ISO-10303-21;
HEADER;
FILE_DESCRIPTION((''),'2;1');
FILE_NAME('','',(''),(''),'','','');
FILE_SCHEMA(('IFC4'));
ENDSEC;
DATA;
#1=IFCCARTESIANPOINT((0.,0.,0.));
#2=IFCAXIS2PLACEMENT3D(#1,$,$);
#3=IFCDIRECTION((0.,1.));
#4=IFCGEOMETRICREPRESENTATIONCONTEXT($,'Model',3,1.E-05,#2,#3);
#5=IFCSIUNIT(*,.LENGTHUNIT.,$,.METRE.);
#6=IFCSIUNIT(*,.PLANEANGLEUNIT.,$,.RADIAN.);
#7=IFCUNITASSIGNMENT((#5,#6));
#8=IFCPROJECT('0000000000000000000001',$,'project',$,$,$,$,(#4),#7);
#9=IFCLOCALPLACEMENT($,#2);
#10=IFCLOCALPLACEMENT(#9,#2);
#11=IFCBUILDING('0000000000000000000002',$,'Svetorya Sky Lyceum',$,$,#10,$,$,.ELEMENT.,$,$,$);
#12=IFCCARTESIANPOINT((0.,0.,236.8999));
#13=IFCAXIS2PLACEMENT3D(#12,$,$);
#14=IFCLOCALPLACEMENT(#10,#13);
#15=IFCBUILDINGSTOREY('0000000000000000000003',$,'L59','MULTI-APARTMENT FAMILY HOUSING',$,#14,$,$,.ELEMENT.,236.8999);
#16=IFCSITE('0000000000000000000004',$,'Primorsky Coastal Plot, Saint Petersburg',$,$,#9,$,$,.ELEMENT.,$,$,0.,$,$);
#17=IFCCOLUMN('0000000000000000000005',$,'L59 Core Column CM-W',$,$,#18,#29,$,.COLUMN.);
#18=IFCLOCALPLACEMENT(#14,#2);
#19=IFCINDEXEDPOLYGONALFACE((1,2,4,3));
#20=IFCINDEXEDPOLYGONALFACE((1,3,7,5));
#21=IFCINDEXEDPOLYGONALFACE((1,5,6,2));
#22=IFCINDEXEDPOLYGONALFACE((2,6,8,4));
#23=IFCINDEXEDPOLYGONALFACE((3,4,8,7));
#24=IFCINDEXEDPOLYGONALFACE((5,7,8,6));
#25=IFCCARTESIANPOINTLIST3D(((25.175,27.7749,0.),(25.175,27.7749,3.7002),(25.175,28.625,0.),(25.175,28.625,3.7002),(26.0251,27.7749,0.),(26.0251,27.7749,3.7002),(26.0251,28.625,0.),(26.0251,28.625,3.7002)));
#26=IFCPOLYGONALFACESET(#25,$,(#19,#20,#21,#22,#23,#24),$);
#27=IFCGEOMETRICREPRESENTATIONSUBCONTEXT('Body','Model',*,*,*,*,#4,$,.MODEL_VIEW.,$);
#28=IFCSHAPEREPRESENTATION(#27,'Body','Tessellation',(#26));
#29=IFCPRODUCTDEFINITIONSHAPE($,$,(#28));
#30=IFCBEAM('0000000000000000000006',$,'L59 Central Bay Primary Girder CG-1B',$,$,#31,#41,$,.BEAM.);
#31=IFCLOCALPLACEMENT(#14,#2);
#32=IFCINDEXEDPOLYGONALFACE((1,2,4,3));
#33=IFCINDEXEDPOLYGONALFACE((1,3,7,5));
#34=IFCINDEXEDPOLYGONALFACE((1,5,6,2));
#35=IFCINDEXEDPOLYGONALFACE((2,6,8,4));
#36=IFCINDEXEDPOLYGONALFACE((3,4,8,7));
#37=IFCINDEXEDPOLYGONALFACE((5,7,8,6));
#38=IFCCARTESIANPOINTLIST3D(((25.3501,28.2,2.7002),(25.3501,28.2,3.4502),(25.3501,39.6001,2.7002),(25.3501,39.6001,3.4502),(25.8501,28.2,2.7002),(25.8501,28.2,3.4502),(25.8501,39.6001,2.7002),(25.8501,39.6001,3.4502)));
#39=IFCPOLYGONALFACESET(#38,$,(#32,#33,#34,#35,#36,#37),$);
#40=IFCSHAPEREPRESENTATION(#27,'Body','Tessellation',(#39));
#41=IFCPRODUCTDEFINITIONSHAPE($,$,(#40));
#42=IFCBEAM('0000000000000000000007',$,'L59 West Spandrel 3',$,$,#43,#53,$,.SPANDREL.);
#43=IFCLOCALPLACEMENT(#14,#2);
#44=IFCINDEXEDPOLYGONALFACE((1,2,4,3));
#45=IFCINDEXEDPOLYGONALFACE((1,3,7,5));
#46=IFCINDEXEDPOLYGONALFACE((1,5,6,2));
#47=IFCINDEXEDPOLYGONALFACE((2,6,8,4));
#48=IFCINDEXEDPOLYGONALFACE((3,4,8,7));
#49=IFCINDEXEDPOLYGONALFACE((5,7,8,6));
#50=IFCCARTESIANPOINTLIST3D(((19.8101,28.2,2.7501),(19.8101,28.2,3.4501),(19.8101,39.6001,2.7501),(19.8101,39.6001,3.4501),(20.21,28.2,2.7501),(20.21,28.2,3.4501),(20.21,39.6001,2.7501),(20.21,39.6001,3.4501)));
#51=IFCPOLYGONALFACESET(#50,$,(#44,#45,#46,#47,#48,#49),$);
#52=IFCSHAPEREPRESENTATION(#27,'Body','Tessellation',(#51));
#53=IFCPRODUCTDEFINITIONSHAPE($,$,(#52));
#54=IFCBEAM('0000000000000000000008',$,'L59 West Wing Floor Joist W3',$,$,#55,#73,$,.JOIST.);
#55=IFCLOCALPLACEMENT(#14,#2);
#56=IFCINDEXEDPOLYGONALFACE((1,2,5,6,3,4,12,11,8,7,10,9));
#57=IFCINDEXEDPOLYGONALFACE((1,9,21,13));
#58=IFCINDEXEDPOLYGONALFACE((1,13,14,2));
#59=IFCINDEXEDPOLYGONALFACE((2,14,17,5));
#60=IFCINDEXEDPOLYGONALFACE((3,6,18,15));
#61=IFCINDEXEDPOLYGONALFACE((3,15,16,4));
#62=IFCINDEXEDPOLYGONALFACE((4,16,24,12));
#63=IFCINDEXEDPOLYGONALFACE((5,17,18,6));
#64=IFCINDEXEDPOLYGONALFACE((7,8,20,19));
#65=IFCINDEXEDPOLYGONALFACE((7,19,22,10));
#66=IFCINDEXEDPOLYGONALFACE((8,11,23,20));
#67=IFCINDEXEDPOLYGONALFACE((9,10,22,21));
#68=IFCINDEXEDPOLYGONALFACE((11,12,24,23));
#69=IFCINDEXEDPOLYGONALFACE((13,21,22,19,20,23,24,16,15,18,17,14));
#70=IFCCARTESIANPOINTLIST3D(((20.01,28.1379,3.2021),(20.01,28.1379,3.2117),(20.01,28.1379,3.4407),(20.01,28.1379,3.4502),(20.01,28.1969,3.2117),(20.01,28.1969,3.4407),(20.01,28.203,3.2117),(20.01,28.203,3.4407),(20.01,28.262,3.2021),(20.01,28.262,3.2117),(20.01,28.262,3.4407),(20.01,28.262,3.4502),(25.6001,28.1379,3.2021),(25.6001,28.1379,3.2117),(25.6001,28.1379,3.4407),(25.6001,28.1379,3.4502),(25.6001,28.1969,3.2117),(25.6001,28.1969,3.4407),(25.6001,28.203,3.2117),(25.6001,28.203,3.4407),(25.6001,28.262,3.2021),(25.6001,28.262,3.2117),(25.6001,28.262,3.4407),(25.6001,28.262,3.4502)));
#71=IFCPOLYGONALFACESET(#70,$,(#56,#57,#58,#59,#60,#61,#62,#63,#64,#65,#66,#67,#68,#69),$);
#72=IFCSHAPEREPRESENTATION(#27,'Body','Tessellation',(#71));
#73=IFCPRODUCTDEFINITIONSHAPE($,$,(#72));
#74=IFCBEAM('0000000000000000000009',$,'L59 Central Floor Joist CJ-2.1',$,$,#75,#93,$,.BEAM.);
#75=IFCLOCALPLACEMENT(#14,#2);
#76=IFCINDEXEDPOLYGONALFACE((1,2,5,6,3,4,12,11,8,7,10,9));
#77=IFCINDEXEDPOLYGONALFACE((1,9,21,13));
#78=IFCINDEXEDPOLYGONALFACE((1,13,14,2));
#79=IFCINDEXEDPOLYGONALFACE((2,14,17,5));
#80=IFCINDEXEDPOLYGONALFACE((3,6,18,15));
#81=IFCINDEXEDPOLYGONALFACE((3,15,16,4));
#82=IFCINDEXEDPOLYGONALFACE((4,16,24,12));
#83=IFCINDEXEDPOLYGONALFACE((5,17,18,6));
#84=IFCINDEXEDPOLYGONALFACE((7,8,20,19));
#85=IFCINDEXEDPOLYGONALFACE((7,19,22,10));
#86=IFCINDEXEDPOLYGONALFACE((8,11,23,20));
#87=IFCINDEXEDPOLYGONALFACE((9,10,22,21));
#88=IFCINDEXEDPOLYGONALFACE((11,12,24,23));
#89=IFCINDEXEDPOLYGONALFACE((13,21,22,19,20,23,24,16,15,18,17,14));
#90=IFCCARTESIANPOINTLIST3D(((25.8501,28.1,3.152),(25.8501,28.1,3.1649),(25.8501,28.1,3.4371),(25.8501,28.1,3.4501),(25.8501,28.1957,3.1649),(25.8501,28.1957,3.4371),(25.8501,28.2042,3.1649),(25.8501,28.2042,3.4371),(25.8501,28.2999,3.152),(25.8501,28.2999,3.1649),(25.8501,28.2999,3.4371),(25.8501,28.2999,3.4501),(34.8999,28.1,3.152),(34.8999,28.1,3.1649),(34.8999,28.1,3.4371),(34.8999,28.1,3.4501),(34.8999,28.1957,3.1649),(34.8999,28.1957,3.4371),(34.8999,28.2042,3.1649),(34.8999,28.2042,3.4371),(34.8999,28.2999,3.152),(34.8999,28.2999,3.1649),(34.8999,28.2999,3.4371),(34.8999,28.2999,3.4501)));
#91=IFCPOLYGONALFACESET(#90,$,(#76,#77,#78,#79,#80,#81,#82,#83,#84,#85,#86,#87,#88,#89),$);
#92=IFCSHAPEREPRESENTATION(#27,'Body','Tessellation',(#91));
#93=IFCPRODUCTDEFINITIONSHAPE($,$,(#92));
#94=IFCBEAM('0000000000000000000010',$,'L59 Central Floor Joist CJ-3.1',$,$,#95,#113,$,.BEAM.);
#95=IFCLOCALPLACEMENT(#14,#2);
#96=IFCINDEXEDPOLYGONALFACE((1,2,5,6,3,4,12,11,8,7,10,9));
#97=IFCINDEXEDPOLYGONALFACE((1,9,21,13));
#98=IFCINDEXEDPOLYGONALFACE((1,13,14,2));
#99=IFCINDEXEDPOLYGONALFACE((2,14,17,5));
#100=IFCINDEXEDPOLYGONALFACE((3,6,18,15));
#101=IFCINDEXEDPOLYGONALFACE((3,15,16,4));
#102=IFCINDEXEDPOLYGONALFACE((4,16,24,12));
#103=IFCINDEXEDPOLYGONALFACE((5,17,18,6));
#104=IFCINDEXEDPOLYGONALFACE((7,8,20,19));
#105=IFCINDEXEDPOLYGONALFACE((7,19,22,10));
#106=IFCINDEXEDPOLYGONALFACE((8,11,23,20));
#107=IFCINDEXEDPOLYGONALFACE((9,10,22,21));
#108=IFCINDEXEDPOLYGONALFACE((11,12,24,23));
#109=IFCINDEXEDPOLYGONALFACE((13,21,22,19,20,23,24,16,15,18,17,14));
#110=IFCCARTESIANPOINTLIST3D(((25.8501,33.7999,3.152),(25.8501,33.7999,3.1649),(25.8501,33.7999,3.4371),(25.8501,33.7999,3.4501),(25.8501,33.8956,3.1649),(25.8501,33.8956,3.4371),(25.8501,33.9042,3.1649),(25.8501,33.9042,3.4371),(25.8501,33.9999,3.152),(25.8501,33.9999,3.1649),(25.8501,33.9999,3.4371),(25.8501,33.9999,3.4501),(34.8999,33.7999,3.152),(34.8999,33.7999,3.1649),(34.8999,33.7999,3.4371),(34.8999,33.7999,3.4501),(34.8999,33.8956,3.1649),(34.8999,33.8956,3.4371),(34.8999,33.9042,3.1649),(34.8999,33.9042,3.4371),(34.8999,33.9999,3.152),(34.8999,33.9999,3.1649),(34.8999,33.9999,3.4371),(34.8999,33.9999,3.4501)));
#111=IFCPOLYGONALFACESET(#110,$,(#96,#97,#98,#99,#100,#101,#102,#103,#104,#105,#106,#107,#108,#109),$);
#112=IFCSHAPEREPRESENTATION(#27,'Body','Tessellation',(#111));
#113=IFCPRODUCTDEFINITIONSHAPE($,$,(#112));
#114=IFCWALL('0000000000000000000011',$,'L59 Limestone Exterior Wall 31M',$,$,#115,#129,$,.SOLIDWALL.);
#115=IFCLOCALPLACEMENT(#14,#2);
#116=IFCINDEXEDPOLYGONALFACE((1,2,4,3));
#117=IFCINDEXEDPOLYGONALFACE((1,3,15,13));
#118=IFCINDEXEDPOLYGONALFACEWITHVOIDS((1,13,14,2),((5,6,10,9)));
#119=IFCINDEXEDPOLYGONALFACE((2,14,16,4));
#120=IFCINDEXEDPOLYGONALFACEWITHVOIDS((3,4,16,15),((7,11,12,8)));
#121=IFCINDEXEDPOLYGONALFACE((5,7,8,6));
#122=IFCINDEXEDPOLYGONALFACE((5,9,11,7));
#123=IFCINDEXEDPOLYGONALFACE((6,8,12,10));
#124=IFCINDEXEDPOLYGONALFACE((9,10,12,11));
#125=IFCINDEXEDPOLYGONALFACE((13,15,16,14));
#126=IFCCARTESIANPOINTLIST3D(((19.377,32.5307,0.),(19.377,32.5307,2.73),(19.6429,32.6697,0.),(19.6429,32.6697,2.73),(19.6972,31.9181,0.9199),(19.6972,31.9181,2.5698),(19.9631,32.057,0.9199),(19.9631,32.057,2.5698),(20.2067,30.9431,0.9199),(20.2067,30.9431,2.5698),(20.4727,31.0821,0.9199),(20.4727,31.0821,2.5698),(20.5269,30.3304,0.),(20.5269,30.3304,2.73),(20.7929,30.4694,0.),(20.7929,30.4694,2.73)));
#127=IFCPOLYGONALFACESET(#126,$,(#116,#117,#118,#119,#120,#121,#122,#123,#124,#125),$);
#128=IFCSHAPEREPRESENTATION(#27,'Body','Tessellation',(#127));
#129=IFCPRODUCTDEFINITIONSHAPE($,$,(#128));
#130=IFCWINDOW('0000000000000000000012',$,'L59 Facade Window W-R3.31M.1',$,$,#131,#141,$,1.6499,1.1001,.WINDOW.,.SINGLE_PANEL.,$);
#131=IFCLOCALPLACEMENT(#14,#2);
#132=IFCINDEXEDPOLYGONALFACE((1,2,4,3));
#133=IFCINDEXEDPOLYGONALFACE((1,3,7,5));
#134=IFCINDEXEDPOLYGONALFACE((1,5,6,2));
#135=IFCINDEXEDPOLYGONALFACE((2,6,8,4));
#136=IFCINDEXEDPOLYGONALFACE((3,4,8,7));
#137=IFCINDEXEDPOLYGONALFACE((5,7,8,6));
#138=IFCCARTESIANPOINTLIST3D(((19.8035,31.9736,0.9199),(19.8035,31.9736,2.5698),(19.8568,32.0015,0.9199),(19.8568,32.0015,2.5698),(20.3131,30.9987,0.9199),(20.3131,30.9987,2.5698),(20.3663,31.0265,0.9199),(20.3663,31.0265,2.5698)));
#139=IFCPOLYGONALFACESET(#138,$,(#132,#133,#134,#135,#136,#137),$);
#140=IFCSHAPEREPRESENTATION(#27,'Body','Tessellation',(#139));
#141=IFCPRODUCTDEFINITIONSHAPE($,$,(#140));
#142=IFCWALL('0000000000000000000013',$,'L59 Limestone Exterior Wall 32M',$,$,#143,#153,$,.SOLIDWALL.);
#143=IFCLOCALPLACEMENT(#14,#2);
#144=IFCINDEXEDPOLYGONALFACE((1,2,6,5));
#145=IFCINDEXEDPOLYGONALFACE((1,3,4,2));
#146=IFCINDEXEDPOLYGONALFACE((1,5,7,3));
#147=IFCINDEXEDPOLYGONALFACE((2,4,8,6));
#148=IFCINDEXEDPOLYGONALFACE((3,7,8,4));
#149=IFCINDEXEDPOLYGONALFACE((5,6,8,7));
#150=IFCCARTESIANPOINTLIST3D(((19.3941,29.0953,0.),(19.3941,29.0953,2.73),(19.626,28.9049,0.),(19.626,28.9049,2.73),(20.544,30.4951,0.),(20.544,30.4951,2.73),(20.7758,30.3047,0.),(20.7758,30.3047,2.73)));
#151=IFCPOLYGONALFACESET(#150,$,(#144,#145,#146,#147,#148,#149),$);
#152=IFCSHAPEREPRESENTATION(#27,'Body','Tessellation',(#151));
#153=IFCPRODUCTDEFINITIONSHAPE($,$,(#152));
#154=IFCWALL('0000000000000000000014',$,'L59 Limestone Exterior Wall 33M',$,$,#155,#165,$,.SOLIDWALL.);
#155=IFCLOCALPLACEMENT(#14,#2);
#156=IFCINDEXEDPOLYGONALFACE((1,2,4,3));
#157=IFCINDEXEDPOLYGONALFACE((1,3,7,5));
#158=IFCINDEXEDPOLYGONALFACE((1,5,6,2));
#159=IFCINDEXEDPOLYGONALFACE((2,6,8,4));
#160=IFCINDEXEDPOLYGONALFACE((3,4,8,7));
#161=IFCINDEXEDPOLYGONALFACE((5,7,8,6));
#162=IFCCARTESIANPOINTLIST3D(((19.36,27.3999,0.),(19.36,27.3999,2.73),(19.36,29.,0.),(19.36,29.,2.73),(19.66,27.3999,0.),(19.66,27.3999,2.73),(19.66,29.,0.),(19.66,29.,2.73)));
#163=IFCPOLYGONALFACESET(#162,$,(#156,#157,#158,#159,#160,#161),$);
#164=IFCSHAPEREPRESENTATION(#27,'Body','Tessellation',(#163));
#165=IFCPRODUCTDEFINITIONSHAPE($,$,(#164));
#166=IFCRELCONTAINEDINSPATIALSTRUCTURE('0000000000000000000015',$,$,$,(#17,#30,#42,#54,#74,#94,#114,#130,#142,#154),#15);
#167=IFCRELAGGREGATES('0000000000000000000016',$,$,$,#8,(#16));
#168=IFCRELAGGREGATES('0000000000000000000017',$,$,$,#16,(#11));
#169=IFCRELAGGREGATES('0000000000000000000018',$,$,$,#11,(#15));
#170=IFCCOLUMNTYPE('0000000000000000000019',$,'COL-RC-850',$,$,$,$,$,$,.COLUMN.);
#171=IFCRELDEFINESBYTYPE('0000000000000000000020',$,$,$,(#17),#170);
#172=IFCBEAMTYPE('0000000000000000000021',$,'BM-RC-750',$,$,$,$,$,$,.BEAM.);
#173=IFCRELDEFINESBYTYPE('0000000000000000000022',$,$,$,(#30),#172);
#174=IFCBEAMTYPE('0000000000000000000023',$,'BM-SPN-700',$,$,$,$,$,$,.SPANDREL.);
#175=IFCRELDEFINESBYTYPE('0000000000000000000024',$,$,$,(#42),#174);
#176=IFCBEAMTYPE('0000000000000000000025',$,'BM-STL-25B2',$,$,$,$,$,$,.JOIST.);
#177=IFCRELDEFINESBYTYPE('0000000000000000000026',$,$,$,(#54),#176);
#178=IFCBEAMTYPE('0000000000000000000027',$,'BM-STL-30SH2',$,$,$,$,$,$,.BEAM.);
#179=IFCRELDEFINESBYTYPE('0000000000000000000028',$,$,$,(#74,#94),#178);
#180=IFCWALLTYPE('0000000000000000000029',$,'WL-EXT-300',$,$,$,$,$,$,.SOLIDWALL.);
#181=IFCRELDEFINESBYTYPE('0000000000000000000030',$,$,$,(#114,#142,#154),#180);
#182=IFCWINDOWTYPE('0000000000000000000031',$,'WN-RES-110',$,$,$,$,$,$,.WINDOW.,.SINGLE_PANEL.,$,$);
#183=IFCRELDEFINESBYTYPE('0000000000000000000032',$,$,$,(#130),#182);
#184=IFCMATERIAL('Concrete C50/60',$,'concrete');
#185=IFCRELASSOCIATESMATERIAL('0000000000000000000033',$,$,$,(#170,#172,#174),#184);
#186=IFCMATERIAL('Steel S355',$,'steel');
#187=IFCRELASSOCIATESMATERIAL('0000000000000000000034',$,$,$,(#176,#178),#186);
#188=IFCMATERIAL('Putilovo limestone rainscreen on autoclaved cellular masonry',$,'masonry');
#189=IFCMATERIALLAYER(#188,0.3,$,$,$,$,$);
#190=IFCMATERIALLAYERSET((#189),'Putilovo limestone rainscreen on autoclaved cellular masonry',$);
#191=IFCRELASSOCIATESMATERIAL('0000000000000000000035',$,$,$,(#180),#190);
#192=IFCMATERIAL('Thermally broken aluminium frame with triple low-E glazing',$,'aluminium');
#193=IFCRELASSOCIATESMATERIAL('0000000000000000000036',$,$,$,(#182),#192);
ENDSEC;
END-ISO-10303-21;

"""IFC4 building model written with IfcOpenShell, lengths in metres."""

from ifc_helpers import new_model, si_unit, direction, frame, frame_2d, origin, origin_2d, place, context, subcontext, project, spatial, rectangle, i_section, extrude, material, layer, layer_set, material_profile, profile_set, type_object, element, fill, save


model = new_model("IFC4")

# Units and contexts
model_context = context("Model", 3, precision=1e-05, world=origin(), true_north=direction((0.0, 1.0)))
body_context = subcontext(model_context, "Body", "Model", "MODEL_VIEW")
ifc_project = project(units=[si_unit("LENGTHUNIT", "METRE"), si_unit("PLANEANGLEUNIT", "RADIAN")], contexts=[model_context])

# Site, building, storey
site_placement = place(None, origin())
site = spatial("IfcSite", under=ifc_project, at=site_placement, Name="Primorsky Coastal Plot, Saint Petersburg", CompositionType="ELEMENT", RefElevation=0.0)
building_placement = place(site_placement, origin())
building = spatial("IfcBuilding", under=site, at=building_placement, Name="Svetorya Sky Lyceum", CompositionType="ELEMENT")
storey_placement = place(building_placement, frame((0.0, 0.0, 236.8999)))
storey = spatial("IfcBuildingStorey", under=building, at=storey_placement, Name="L59", Description="MULTI-APARTMENT FAMILY HOUSING", CompositionType="ELEMENT", Elevation=236.8999)

# Column
ifc_material_1 = material(Name="Concrete C50/60", Category="concrete")
ifc_material_profile_1 = material_profile(ifc_material_1, rectangle(XDim=0.8501, YDim=0.8501, at=origin_2d()), Name="RC COL 850x850")
ifc_profile_set_1 = profile_set([ifc_material_profile_1], Name="Concrete C50/60")
column_type = type_object("IfcColumnType", Name="COL-RC-850", PredefinedType="COLUMN", material=ifc_profile_set_1)
column_placement = place(storey_placement, frame((25.6001, 28.2, 0.0), z_axis=(0.0, 0.0, 1.0), x_axis=(1.0, 0.0, 0.0)))
element("IfcColumn", 1, at=column_placement, inside=storey, type_object=column_type, Name="L59 Core Column CM-W", PredefinedType="COLUMN", context=body_context, shape_type="SweptSolid", body=[
    extrude(rectangle(XDim=0.8501, YDim=0.8501, at=origin_2d()), origin(), (0.0, 0.0, 1.0), 3.7002),
])

# Beams
ifc_material_profile_2 = material_profile(ifc_material_1, rectangle(XDim=0.5, YDim=0.75, at=origin_2d()), Name="RC BEAM 500x750")
ifc_profile_set_2 = profile_set([ifc_material_profile_2], Name="Concrete C50/60")
beam_type_1 = type_object("IfcBeamType", Name="BM-RC-750", PredefinedType="BEAM", material=ifc_profile_set_2)
beam_1_placement = place(storey_placement, frame((25.6001, 28.2, 3.0752), z_axis=(0.0, 1.0, 0.0), x_axis=(-1.0, 0.0, 0.0)))
element("IfcBeam", 2, at=beam_1_placement, inside=storey, type_object=beam_type_1, Name="L59 Central Bay Primary Girder CG-1B", PredefinedType="BEAM", context=body_context, shape_type="SweptSolid", body=[
    extrude(rectangle(XDim=0.5, YDim=0.75, at=origin_2d()), origin(), (0.0, 0.0, 1.0), 11.4001),
])
ifc_material_profile_3 = material_profile(ifc_material_1, rectangle(XDim=0.3999, YDim=0.7, at=origin_2d()), Name="RC SPANDREL 400x700")
ifc_profile_set_3 = profile_set([ifc_material_profile_3], Name="Concrete C50/60")
beam_type_2 = type_object("IfcBeamType", Name="BM-SPN-700", PredefinedType="SPANDREL", material=ifc_profile_set_3)
beam_2_placement = place(storey_placement, frame((20.01, 28.2, 3.1001), z_axis=(0.0, 1.0, 0.0), x_axis=(-1.0, 0.0, 0.0)))
element("IfcBeam", 3, at=beam_2_placement, inside=storey, type_object=beam_type_2, Name="L59 West Spandrel 3", PredefinedType="SPANDREL", context=body_context, shape_type="SweptSolid", body=[
    extrude(rectangle(XDim=0.3999, YDim=0.7, at=origin_2d()), origin(), (0.0, 0.0, 1.0), 11.4001),
])
ifc_material_2 = material(Name="Steel S355", Category="steel")
ifc_material_profile_4 = material_profile(ifc_material_2, i_section(OverallWidth=0.124, OverallDepth=0.248, WebThickness=0.0061, FlangeThickness=0.0095, at=origin_2d()), Name="GOST 25B2")
ifc_profile_set_4 = profile_set([ifc_material_profile_4], Name="Steel S355")
beam_type_3 = type_object("IfcBeamType", Name="BM-STL-25B2", PredefinedType="JOIST", material=ifc_profile_set_4)
beam_3_placement = place(storey_placement, frame((20.01, 28.2, 3.3262), z_axis=(1.0, 0.0, 0.0), x_axis=(0.0, 1.0, 0.0)))
element("IfcBeam", 4, at=beam_3_placement, inside=storey, type_object=beam_type_3, Name="L59 West Wing Floor Joist W3", PredefinedType="JOIST", context=body_context, shape_type="SweptSolid", body=[
    extrude(i_section(OverallWidth=0.124, OverallDepth=0.248, WebThickness=0.0061, FlangeThickness=0.0095, at=origin_2d()), origin(), (0.0, 0.0, 1.0), 5.5901),
])
ifc_material_profile_5 = material_profile(ifc_material_2, i_section(OverallWidth=0.2, OverallDepth=0.2981, WebThickness=0.0085, FlangeThickness=0.0129, at=origin_2d()), Name="GOST 30Sh2")
ifc_profile_set_5 = profile_set([ifc_material_profile_5], Name="Steel S355")
beam_type_4 = type_object("IfcBeamType", Name="BM-STL-30SH2", PredefinedType="BEAM", material=ifc_profile_set_5)
for number, where, z_axis, x_axis, name in (
    (5, (25.8501, 28.2, 3.301), (1.0, 0.0, 0.0), (0.0, 1.0, 0.0), "L59 Central Floor Joist CJ-2.1"),
    (6, (25.8501, 33.8999, 3.301), (1.0, 0.0, 0.0), (0.0, 1.0, 0.0), "L59 Central Floor Joist CJ-3.1"),
):
    element("IfcBeam", number, at=place(storey_placement, frame(where, z_axis=z_axis, x_axis=x_axis)), inside=storey, type_object=beam_type_4, Name=name, PredefinedType="BEAM", context=body_context, shape_type="SweptSolid", body=[
        extrude(i_section(OverallWidth=0.2, OverallDepth=0.2981, WebThickness=0.0085, FlangeThickness=0.0129, at=origin_2d()), origin(), (0.0, 0.0, 1.0), 9.0498),
    ])

# Wall, opening, window
ifc_material_3 = material(Name="Putilovo limestone rainscreen on autoclaved cellular masonry", Category="masonry")
ifc_layer_1 = layer(ifc_material_3, 0.3)
ifc_layer_set_1 = layer_set([ifc_layer_1], Name="Putilovo limestone rainscreen on autoclaved cellular masonry")
wall_type_1 = type_object("IfcWallType", Name="WL-EXT-300", PredefinedType="SOLIDWALL", material=ifc_layer_set_1)
wall_1_placement = place(storey_placement, frame((19.51, 32.6001, 0.0), z_axis=(0.0, 0.0, 1.0), x_axis=(0.463191, -0.886258, 0.0)))
wall_1 = element("IfcWall", 7, at=wall_1_placement, inside=storey, type_object=wall_type_1, Name="L59 Limestone Exterior Wall 31M", PredefinedType="SOLIDWALL", context=body_context, shape_type="SweptSolid", body=[
    extrude(rectangle(XDim=2.4827, YDim=0.3, at=frame_2d((1.2412, 0.0))), origin(), (0.0, 0.0, 1.0), 2.73),
])
opening_1_placement = place(wall_1_placement, frame((0.6912, 0.0, 0.9199)))
opening_1 = element("IfcOpeningElement", 8, at=opening_1_placement, cuts=wall_1, PredefinedType="OPENING", context=body_context, shape_type="SweptSolid", body=[
    extrude(rectangle(XDim=1.1001, YDim=1.6499, at=frame_2d((0.55, 0.825))), frame((0.0, 0.1599, 0.0), z_axis=(0.0, -1.0, 0.0), x_axis=(1.0, 0.0, 0.0)), (0.0, 0.0, 1.0), 0.3201),
])
ifc_material_4 = material(Name="Thermally broken aluminium frame with triple low-E glazing", Category="aluminium")
window_type = type_object("IfcWindowType", Name="WN-RES-110", PartitioningType="SINGLE_PANEL", PredefinedType="WINDOW", material=ifc_material_4)
window_placement = place(opening_1_placement, origin())
window = element("IfcWindow", 9, at=window_placement, inside=storey, type_object=window_type, Name="L59 Facade Window W-R3.31M.1", OverallHeight=1.6499, OverallWidth=1.1001, PartitioningType="SINGLE_PANEL", PredefinedType="WINDOW", context=body_context, shape_type="SweptSolid", body=[
    extrude(rectangle(XDim=1.1001, YDim=1.6499, at=frame_2d((0.55, 0.825))), frame((0.0, 0.03, 0.0), z_axis=(0.0, -1.0, 0.0), x_axis=(1.0, 0.0, 0.0)), (0.0, 0.0, 1.0), 0.0601),
])
fill(opening_1, window)

# Walls
wall_2_placement = place(storey_placement, frame((20.6599, 30.3999, 0.0), z_axis=(0.0, 0.0, 1.0), x_axis=(-0.634734, -0.772731, 0.0)))
element("IfcWall", 10, at=wall_2_placement, inside=storey, type_object=wall_type_1, Name="L59 Limestone Exterior Wall 32M", PredefinedType="SOLIDWALL", context=body_context, shape_type="SweptSolid", body=[
    extrude(rectangle(XDim=1.8115, YDim=0.3, at=frame_2d((0.9058, 0.0))), origin(), (0.0, 0.0, 1.0), 2.73),
])
wall_3_placement = place(storey_placement, frame((19.51, 29.0, 0.0), z_axis=(0.0, 0.0, 1.0), x_axis=(0.0, -1.0, 0.0)))
element("IfcWall", 11, at=wall_3_placement, inside=storey, type_object=wall_type_1, Name="L59 Limestone Exterior Wall 33M", PredefinedType="SOLIDWALL", context=body_context, shape_type="SweptSolid", body=[
    extrude(rectangle(XDim=1.6001, YDim=0.3, at=frame_2d((0.8, 0.0))), origin(), (0.0, 0.0, 1.0), 2.73),
])

save(model, "model.ifc")
